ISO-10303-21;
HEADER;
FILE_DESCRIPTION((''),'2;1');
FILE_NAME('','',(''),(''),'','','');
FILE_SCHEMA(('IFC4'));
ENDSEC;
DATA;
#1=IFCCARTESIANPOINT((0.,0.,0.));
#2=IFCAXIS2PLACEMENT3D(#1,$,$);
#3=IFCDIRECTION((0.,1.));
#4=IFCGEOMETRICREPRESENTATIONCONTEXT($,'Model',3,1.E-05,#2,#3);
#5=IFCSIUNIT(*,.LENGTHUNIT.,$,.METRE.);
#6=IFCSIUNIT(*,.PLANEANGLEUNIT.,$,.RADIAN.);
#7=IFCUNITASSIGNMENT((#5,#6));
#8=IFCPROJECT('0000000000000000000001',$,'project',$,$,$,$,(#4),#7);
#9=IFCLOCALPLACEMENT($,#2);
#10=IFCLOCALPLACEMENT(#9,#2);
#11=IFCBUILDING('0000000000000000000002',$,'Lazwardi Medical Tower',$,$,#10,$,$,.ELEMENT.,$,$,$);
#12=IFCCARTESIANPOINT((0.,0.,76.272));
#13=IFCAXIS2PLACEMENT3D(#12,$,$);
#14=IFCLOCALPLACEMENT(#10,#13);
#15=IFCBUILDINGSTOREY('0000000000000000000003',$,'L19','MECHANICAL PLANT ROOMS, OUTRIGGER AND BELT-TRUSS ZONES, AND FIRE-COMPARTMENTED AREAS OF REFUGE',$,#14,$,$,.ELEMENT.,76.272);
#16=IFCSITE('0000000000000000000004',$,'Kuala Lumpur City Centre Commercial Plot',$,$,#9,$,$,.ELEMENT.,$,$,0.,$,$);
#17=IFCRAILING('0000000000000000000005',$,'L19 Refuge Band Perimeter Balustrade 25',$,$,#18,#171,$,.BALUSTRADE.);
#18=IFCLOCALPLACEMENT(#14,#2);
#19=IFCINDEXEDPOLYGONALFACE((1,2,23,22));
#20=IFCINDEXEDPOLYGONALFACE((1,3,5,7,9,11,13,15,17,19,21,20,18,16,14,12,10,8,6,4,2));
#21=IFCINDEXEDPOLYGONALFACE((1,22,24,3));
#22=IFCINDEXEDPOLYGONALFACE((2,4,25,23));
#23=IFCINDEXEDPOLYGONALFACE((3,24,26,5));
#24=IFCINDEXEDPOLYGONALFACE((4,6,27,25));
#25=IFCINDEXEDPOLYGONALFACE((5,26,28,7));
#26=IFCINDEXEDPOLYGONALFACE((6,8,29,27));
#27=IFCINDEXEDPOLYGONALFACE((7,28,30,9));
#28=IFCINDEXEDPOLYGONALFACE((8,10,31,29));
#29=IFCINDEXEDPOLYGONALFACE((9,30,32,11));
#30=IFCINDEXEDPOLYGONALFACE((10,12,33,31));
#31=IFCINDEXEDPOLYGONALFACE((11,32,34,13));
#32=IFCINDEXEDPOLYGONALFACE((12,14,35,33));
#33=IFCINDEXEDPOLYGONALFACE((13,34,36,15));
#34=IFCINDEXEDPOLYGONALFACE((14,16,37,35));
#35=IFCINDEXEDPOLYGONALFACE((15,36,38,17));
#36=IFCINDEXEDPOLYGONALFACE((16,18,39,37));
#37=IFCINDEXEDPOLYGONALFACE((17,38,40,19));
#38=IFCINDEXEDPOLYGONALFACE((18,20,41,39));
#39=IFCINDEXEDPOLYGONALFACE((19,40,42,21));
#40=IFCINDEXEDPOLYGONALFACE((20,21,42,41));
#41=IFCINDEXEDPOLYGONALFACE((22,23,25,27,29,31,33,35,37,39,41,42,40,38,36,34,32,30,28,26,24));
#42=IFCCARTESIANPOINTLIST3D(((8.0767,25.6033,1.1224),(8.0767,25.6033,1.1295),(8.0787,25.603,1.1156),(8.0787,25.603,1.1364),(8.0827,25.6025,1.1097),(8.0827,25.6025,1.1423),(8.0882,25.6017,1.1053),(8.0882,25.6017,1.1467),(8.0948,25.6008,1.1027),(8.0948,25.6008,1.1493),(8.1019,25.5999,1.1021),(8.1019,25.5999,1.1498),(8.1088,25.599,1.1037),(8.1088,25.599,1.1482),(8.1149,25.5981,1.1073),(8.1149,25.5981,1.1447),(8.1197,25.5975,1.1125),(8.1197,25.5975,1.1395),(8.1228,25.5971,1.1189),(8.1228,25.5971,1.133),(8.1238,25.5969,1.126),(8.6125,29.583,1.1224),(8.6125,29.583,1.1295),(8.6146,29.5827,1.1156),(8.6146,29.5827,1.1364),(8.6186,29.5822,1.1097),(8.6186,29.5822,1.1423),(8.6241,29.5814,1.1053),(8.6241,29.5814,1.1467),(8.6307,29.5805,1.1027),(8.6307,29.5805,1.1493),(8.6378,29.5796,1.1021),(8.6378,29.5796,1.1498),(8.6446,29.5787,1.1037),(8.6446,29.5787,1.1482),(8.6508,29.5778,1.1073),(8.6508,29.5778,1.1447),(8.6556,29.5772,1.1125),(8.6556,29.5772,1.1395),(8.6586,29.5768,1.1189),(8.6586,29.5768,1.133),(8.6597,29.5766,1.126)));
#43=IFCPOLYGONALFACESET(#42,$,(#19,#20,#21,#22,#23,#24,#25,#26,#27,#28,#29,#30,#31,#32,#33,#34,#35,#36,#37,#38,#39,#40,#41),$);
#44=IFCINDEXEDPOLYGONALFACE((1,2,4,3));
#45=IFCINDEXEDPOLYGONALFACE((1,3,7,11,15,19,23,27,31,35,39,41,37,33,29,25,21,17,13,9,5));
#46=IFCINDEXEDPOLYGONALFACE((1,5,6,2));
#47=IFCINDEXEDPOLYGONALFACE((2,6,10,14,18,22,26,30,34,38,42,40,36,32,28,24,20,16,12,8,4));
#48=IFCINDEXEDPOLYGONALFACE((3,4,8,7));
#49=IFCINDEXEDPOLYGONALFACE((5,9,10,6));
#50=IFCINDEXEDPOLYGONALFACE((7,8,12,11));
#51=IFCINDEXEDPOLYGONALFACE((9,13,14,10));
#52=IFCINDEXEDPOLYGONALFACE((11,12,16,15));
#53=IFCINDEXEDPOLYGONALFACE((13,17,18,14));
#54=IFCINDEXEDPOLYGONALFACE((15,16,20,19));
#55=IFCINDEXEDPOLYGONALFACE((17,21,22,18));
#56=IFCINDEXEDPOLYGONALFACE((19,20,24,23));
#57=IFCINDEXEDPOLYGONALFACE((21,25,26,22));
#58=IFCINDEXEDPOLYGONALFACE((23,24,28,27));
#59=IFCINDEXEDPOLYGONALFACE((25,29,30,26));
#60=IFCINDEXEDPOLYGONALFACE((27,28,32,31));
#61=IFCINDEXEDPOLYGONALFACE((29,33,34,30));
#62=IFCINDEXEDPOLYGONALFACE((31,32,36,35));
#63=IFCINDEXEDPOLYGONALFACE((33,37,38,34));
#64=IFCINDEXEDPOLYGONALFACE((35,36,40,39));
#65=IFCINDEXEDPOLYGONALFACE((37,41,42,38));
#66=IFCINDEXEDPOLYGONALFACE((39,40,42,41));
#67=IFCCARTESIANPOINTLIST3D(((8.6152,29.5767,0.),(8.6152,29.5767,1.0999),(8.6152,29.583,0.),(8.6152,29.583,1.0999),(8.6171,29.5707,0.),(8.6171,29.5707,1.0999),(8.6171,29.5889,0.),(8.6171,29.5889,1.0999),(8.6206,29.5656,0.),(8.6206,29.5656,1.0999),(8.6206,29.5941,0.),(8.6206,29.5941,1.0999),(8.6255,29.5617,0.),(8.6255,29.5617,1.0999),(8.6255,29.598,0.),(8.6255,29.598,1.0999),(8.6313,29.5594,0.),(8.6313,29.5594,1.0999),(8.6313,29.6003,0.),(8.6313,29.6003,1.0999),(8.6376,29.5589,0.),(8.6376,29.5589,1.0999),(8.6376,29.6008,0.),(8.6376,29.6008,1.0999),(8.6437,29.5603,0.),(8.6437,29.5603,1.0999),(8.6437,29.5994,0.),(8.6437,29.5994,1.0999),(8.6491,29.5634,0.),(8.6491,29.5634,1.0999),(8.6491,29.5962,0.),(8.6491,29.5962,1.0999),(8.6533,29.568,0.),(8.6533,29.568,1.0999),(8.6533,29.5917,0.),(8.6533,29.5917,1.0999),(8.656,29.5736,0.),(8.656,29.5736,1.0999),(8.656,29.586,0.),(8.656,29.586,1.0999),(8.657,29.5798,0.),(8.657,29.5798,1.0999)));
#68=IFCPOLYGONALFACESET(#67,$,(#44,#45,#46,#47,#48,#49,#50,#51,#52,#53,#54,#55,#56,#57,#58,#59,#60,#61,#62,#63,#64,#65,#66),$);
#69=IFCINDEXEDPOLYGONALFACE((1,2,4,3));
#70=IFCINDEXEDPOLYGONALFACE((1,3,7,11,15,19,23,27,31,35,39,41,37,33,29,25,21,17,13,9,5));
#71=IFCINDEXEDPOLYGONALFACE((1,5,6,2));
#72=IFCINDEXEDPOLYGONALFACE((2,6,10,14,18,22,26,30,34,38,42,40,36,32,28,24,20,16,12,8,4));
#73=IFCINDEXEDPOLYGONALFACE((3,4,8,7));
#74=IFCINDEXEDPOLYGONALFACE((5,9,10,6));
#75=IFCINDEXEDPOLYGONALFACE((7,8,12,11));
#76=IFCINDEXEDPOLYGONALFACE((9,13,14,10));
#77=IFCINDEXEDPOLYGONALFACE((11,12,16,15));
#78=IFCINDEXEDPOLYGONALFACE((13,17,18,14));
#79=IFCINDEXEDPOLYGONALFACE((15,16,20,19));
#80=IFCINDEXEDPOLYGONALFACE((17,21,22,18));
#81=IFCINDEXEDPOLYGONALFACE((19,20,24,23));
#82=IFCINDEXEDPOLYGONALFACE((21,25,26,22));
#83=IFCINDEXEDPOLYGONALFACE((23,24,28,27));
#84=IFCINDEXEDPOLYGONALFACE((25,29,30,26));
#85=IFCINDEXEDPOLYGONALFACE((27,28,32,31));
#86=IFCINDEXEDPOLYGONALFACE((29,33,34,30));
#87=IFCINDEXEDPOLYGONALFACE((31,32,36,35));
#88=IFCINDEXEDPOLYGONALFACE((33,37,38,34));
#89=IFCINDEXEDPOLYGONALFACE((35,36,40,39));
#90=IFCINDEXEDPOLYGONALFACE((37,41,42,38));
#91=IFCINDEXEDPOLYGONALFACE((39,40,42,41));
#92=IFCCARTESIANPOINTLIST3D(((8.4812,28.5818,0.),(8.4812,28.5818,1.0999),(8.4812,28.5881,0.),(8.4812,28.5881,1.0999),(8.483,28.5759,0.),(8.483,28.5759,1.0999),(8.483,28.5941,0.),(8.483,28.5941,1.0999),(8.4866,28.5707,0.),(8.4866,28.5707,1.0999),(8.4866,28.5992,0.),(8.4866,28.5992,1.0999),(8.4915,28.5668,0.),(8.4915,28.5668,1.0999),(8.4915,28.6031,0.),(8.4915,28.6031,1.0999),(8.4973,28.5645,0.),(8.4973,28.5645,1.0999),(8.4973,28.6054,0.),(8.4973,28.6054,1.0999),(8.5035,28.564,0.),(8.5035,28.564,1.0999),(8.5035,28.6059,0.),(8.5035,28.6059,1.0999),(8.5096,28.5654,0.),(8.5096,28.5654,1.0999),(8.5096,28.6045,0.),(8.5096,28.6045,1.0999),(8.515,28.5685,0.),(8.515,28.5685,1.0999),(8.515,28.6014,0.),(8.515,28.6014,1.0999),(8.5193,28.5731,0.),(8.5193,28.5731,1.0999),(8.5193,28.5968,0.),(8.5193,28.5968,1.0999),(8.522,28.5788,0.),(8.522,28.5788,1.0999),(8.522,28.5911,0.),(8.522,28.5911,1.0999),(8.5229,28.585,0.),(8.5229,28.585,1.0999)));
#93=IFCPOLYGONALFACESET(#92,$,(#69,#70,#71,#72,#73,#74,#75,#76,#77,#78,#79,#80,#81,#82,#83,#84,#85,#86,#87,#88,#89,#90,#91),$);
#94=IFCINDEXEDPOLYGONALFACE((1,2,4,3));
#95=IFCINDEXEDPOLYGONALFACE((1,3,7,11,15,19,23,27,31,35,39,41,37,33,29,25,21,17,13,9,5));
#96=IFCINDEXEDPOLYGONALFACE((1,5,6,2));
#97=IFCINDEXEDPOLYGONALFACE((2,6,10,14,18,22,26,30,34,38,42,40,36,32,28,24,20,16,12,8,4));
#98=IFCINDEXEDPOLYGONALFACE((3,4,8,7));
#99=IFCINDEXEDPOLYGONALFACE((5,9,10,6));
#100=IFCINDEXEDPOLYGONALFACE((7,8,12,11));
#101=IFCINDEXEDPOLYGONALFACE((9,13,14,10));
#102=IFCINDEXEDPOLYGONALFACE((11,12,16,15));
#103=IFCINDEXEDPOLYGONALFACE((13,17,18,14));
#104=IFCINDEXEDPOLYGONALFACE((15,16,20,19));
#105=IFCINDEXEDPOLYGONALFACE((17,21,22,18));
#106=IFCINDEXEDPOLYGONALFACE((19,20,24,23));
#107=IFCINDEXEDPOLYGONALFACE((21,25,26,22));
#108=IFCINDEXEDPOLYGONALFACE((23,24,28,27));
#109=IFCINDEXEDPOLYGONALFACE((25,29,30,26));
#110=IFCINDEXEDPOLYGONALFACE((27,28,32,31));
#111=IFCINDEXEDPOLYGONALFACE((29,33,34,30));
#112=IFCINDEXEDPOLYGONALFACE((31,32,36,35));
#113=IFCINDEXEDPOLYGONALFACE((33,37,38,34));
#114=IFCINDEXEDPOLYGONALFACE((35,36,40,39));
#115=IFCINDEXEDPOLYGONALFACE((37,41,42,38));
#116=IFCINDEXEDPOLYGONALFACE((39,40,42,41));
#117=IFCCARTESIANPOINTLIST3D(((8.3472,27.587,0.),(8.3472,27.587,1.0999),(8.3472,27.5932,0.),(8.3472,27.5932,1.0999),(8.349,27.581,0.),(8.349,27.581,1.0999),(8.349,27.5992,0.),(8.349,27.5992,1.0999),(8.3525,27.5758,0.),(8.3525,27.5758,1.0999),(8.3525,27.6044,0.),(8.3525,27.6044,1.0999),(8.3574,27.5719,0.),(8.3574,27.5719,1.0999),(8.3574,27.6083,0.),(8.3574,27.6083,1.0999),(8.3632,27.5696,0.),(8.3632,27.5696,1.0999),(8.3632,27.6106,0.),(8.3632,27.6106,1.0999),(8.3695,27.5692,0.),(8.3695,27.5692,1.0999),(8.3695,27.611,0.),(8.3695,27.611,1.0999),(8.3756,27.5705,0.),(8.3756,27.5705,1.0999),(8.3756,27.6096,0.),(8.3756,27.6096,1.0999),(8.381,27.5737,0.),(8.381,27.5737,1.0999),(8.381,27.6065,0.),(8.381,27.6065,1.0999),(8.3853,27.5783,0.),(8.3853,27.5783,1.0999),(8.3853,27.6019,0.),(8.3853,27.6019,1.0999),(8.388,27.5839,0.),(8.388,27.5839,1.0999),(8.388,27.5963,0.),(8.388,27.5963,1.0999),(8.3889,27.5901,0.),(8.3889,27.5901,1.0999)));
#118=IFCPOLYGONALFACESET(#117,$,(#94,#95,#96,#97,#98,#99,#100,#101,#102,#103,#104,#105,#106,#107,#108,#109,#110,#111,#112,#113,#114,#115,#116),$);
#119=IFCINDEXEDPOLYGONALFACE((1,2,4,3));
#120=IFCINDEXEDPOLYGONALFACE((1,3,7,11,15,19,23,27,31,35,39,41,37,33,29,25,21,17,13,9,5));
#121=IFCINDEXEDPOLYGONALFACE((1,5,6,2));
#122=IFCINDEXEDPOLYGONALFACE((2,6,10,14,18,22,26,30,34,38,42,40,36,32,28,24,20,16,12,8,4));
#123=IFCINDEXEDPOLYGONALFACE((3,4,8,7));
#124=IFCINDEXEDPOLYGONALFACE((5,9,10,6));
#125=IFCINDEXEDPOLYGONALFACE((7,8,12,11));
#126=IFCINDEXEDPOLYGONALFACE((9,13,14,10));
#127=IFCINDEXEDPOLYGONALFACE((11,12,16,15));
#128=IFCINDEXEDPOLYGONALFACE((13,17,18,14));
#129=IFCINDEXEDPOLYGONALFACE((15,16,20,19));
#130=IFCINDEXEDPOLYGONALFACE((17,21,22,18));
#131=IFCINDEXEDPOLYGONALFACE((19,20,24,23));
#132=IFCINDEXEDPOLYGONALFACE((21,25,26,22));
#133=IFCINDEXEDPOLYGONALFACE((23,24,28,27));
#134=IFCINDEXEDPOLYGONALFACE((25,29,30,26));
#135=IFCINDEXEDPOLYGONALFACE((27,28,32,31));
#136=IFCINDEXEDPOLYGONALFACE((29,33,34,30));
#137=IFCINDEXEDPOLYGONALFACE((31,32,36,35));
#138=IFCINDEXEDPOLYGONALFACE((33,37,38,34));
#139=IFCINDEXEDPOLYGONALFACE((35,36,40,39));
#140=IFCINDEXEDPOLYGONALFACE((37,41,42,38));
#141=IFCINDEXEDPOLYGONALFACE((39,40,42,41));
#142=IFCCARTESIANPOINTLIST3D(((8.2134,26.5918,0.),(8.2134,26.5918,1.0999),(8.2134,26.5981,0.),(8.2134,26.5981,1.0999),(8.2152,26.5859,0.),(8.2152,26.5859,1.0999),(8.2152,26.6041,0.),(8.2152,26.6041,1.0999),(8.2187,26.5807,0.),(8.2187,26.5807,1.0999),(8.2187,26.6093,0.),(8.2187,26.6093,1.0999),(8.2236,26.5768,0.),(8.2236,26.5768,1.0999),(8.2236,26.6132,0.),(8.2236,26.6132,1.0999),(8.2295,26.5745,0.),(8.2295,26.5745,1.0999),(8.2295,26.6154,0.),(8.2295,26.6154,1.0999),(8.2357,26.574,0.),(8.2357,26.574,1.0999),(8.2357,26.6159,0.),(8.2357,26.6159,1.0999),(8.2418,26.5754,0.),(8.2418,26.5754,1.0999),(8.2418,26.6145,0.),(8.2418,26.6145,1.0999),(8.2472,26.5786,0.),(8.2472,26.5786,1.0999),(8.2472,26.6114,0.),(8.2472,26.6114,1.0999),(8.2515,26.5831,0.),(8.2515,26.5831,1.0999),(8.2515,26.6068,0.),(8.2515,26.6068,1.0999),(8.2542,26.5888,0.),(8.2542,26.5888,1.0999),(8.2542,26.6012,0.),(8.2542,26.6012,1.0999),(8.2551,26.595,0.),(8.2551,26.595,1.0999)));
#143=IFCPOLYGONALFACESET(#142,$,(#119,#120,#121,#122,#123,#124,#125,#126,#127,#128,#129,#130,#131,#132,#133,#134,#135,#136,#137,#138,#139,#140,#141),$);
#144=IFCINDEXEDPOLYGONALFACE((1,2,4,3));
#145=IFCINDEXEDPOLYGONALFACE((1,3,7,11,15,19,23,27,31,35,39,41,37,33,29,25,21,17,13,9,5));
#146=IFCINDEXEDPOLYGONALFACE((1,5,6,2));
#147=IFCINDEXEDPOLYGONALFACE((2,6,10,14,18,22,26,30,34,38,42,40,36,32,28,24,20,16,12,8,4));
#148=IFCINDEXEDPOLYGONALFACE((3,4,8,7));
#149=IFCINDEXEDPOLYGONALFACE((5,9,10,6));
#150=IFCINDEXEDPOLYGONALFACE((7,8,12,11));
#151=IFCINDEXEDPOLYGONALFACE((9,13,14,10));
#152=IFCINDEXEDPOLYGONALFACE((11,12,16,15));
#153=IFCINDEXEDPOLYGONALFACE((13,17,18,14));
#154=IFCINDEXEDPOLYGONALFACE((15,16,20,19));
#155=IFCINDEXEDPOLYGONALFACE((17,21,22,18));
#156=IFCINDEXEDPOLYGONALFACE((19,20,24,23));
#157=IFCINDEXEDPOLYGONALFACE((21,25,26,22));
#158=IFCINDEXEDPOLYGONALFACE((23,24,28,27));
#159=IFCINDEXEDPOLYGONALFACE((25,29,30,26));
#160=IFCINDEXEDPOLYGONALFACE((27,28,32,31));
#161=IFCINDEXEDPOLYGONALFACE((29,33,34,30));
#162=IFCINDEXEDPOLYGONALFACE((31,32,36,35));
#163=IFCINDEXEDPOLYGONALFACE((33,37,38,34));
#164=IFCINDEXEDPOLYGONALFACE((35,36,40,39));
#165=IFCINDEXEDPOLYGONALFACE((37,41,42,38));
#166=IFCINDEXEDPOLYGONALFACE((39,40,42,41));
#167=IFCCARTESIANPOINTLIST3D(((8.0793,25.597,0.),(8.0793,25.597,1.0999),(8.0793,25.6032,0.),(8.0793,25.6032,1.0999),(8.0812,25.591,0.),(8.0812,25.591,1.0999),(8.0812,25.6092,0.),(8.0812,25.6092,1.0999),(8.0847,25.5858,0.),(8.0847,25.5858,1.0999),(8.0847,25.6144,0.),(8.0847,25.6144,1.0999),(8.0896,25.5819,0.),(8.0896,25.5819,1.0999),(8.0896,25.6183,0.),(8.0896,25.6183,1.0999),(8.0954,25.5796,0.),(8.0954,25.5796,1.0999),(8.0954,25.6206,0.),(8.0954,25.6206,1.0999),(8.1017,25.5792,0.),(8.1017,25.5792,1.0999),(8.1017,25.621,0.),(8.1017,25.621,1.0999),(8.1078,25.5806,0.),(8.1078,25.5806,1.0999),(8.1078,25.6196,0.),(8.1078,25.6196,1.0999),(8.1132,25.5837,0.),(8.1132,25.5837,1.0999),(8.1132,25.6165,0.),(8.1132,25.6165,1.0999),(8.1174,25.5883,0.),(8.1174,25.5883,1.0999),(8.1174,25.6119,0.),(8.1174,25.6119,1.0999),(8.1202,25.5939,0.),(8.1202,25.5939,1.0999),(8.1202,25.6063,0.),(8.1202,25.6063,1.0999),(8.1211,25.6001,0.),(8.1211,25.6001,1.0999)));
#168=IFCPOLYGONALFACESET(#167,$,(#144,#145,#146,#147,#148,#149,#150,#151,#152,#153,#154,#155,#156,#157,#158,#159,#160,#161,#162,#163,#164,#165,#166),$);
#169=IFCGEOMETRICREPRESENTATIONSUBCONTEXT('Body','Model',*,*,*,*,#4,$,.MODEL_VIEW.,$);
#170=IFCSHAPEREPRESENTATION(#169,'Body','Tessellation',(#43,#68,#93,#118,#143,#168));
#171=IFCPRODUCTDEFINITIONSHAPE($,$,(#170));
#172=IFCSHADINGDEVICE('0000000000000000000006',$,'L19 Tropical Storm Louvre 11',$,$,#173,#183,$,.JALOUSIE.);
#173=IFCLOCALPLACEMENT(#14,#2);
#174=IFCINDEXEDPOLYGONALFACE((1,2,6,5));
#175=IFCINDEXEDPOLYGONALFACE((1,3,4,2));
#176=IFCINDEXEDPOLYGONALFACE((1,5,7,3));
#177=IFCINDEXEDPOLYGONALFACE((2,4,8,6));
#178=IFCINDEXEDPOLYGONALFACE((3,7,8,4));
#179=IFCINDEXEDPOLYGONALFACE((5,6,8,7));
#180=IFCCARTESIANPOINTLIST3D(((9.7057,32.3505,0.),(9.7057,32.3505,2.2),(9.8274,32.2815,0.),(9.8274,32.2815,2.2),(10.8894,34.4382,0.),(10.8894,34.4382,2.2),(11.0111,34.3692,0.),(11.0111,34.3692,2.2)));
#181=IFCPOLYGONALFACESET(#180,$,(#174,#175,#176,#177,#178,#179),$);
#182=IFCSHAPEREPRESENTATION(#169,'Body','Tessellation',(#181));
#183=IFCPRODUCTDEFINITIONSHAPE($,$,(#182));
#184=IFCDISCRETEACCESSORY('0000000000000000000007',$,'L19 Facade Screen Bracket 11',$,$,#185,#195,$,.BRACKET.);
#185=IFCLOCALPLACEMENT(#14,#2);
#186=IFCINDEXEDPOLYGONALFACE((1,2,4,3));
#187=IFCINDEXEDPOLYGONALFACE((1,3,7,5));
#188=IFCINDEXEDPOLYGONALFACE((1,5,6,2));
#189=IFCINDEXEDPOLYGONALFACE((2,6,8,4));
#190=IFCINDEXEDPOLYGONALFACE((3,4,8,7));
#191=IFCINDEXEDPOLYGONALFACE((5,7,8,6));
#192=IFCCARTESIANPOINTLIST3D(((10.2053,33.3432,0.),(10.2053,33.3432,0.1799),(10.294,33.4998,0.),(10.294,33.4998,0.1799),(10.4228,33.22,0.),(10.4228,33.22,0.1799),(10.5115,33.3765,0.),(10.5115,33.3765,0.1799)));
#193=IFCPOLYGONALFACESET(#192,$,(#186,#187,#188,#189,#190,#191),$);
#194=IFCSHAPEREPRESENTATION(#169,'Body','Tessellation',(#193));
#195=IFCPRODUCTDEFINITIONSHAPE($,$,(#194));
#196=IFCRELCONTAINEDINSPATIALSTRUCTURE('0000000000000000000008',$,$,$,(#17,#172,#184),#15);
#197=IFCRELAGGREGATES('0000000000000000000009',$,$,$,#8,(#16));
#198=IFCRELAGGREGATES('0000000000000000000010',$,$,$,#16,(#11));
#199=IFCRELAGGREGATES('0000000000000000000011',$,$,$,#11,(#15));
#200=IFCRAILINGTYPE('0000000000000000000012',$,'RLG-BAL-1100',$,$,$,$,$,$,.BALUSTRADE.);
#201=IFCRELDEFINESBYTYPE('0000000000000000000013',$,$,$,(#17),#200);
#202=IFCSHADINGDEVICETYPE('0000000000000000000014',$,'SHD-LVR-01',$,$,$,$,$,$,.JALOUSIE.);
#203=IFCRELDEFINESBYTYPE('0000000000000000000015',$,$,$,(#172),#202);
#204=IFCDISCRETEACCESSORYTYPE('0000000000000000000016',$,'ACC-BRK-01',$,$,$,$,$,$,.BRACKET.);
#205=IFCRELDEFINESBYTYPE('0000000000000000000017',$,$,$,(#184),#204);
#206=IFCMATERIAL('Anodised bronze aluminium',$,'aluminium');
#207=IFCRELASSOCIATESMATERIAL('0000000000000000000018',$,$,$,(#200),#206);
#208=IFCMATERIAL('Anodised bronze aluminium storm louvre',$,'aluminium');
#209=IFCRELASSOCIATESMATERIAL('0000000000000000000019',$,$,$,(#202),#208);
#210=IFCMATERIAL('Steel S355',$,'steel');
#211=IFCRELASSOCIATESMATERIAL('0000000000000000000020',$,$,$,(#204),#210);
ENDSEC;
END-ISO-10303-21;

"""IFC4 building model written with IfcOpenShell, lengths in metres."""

from ifc_helpers import new_model, si_unit, direction, frame, origin, origin_2d, place, context, subcontext, project, spatial, rectangle, circle, extrude, material, type_object, element, save


model = new_model("IFC4")

# Units and contexts
model_context = context("Model", 3, precision=1e-05, world=origin(), true_north=direction((0.0, 1.0)))
body_context = subcontext(model_context, "Body", "Model", "MODEL_VIEW")
ifc_project = project(units=[si_unit("LENGTHUNIT", "METRE"), si_unit("PLANEANGLEUNIT", "RADIAN")], contexts=[model_context])

# Site, building, storey
site_placement = place(None, origin())
site = spatial("IfcSite", under=ifc_project, at=site_placement, Name="Kuala Lumpur City Centre Commercial Plot", CompositionType="ELEMENT", RefElevation=0.0)
building_placement = place(site_placement, origin())
building = spatial("IfcBuilding", under=site, at=building_placement, Name="Lazwardi Medical Tower", CompositionType="ELEMENT")
storey_placement = place(building_placement, frame((0.0, 0.0, 76.272)))
storey = spatial("IfcBuildingStorey", under=building, at=storey_placement, Name="L19", Description="MECHANICAL PLANT ROOMS, OUTRIGGER AND BELT-TRUSS ZONES, AND FIRE-COMPARTMENTED AREAS OF REFUGE", CompositionType="ELEMENT", Elevation=76.272)

# Shared definitions
ifc_material_1 = material(Name="Steel S355", Category="steel")

# Railing
ifc_material_2 = material(Name="Anodised bronze aluminium", Category="aluminium")
railing_type = type_object("IfcRailingType", Name="RLG-BAL-1100", PredefinedType="BALUSTRADE", material=ifc_material_2)
railing_1_placement = place(storey_placement, frame((8.636, 29.5798, 0.0)))
element("IfcRailing", 1, at=railing_1_placement, inside=storey, type_object=railing_type, Name="L19 Refuge Band Perimeter Balustrade 25", PredefinedType="BALUSTRADE", context=body_context, shape_type="SweptSolid", body=[
    extrude(circle(Radius=0.0239, at=origin_2d()), frame((0.0, 0.0, 1.126), z_axis=(-0.13345, -0.991056, 0.0), x_axis=(0.991056, -0.13345, 0.0)), (0.0, 0.0, 1.0), 4.0156),
    extrude(circle(Radius=0.021, at=origin_2d()), origin(), (0.0, 0.0, 1.0), 1.0999),
    extrude(circle(Radius=0.021, at=origin_2d()), frame((-0.134, -0.9949, 0.0)), (0.0, 0.0, 1.0), 1.0999),
    extrude(circle(Radius=0.021, at=origin_2d()), frame((-0.2681, -1.9897, 0.0)), (0.0, 0.0, 1.0), 1.0999),
    extrude(circle(Radius=0.021, at=origin_2d()), frame((-0.4019, -2.9849, 0.0)), (0.0, 0.0, 1.0), 1.0999),
    extrude(circle(Radius=0.021, at=origin_2d()), frame((-0.5359, -3.9797, 0.0)), (0.0, 0.0, 1.0), 1.0999),
])

# Shading device
ifc_material_3 = material(Name="Anodised bronze aluminium storm louvre", Category="aluminium")
shading_device_type = type_object("IfcShadingDeviceType", Name="SHD-LVR-01", PredefinedType="JALOUSIE", material=ifc_material_3)
shading_device_placement = place(storey_placement, frame((10.3584, 33.3599, 0.0), z_axis=(0.0, 0.0, 1.0), x_axis=(-0.493194, -0.86992, 0.0)))
element("IfcShadingDevice", 2, at=shading_device_placement, inside=storey, type_object=shading_device_type, Name="L19 Tropical Storm Louvre 11", PredefinedType="JALOUSIE", context=body_context, shape_type="SweptSolid", body=[
    extrude(rectangle(XDim=2.3999, YDim=0.1399, at=origin_2d()), origin(), (0.0, 0.0, 1.0), 2.2),
])

# Discrete accessory
discrete_accessory_type = type_object("IfcDiscreteAccessoryType", Name="ACC-BRK-01", PredefinedType="BRACKET", material=ifc_material_1)
discrete_accessory_placement = place(storey_placement, frame((10.3584, 33.3599, 0.0), z_axis=(0.0, 0.0, 1.0), x_axis=(-0.493194, -0.86992, 0.0)))
element("IfcDiscreteAccessory", 3, at=discrete_accessory_placement, inside=storey, type_object=discrete_accessory_type, Name="L19 Facade Screen Bracket 11", PredefinedType="BRACKET", context=body_context, shape_type="SweptSolid", body=[
    extrude(rectangle(XDim=0.1799, YDim=0.25, at=origin_2d()), origin(), (0.0, 0.0, 1.0), 0.1799),
])

save(model, "model.ifc")
